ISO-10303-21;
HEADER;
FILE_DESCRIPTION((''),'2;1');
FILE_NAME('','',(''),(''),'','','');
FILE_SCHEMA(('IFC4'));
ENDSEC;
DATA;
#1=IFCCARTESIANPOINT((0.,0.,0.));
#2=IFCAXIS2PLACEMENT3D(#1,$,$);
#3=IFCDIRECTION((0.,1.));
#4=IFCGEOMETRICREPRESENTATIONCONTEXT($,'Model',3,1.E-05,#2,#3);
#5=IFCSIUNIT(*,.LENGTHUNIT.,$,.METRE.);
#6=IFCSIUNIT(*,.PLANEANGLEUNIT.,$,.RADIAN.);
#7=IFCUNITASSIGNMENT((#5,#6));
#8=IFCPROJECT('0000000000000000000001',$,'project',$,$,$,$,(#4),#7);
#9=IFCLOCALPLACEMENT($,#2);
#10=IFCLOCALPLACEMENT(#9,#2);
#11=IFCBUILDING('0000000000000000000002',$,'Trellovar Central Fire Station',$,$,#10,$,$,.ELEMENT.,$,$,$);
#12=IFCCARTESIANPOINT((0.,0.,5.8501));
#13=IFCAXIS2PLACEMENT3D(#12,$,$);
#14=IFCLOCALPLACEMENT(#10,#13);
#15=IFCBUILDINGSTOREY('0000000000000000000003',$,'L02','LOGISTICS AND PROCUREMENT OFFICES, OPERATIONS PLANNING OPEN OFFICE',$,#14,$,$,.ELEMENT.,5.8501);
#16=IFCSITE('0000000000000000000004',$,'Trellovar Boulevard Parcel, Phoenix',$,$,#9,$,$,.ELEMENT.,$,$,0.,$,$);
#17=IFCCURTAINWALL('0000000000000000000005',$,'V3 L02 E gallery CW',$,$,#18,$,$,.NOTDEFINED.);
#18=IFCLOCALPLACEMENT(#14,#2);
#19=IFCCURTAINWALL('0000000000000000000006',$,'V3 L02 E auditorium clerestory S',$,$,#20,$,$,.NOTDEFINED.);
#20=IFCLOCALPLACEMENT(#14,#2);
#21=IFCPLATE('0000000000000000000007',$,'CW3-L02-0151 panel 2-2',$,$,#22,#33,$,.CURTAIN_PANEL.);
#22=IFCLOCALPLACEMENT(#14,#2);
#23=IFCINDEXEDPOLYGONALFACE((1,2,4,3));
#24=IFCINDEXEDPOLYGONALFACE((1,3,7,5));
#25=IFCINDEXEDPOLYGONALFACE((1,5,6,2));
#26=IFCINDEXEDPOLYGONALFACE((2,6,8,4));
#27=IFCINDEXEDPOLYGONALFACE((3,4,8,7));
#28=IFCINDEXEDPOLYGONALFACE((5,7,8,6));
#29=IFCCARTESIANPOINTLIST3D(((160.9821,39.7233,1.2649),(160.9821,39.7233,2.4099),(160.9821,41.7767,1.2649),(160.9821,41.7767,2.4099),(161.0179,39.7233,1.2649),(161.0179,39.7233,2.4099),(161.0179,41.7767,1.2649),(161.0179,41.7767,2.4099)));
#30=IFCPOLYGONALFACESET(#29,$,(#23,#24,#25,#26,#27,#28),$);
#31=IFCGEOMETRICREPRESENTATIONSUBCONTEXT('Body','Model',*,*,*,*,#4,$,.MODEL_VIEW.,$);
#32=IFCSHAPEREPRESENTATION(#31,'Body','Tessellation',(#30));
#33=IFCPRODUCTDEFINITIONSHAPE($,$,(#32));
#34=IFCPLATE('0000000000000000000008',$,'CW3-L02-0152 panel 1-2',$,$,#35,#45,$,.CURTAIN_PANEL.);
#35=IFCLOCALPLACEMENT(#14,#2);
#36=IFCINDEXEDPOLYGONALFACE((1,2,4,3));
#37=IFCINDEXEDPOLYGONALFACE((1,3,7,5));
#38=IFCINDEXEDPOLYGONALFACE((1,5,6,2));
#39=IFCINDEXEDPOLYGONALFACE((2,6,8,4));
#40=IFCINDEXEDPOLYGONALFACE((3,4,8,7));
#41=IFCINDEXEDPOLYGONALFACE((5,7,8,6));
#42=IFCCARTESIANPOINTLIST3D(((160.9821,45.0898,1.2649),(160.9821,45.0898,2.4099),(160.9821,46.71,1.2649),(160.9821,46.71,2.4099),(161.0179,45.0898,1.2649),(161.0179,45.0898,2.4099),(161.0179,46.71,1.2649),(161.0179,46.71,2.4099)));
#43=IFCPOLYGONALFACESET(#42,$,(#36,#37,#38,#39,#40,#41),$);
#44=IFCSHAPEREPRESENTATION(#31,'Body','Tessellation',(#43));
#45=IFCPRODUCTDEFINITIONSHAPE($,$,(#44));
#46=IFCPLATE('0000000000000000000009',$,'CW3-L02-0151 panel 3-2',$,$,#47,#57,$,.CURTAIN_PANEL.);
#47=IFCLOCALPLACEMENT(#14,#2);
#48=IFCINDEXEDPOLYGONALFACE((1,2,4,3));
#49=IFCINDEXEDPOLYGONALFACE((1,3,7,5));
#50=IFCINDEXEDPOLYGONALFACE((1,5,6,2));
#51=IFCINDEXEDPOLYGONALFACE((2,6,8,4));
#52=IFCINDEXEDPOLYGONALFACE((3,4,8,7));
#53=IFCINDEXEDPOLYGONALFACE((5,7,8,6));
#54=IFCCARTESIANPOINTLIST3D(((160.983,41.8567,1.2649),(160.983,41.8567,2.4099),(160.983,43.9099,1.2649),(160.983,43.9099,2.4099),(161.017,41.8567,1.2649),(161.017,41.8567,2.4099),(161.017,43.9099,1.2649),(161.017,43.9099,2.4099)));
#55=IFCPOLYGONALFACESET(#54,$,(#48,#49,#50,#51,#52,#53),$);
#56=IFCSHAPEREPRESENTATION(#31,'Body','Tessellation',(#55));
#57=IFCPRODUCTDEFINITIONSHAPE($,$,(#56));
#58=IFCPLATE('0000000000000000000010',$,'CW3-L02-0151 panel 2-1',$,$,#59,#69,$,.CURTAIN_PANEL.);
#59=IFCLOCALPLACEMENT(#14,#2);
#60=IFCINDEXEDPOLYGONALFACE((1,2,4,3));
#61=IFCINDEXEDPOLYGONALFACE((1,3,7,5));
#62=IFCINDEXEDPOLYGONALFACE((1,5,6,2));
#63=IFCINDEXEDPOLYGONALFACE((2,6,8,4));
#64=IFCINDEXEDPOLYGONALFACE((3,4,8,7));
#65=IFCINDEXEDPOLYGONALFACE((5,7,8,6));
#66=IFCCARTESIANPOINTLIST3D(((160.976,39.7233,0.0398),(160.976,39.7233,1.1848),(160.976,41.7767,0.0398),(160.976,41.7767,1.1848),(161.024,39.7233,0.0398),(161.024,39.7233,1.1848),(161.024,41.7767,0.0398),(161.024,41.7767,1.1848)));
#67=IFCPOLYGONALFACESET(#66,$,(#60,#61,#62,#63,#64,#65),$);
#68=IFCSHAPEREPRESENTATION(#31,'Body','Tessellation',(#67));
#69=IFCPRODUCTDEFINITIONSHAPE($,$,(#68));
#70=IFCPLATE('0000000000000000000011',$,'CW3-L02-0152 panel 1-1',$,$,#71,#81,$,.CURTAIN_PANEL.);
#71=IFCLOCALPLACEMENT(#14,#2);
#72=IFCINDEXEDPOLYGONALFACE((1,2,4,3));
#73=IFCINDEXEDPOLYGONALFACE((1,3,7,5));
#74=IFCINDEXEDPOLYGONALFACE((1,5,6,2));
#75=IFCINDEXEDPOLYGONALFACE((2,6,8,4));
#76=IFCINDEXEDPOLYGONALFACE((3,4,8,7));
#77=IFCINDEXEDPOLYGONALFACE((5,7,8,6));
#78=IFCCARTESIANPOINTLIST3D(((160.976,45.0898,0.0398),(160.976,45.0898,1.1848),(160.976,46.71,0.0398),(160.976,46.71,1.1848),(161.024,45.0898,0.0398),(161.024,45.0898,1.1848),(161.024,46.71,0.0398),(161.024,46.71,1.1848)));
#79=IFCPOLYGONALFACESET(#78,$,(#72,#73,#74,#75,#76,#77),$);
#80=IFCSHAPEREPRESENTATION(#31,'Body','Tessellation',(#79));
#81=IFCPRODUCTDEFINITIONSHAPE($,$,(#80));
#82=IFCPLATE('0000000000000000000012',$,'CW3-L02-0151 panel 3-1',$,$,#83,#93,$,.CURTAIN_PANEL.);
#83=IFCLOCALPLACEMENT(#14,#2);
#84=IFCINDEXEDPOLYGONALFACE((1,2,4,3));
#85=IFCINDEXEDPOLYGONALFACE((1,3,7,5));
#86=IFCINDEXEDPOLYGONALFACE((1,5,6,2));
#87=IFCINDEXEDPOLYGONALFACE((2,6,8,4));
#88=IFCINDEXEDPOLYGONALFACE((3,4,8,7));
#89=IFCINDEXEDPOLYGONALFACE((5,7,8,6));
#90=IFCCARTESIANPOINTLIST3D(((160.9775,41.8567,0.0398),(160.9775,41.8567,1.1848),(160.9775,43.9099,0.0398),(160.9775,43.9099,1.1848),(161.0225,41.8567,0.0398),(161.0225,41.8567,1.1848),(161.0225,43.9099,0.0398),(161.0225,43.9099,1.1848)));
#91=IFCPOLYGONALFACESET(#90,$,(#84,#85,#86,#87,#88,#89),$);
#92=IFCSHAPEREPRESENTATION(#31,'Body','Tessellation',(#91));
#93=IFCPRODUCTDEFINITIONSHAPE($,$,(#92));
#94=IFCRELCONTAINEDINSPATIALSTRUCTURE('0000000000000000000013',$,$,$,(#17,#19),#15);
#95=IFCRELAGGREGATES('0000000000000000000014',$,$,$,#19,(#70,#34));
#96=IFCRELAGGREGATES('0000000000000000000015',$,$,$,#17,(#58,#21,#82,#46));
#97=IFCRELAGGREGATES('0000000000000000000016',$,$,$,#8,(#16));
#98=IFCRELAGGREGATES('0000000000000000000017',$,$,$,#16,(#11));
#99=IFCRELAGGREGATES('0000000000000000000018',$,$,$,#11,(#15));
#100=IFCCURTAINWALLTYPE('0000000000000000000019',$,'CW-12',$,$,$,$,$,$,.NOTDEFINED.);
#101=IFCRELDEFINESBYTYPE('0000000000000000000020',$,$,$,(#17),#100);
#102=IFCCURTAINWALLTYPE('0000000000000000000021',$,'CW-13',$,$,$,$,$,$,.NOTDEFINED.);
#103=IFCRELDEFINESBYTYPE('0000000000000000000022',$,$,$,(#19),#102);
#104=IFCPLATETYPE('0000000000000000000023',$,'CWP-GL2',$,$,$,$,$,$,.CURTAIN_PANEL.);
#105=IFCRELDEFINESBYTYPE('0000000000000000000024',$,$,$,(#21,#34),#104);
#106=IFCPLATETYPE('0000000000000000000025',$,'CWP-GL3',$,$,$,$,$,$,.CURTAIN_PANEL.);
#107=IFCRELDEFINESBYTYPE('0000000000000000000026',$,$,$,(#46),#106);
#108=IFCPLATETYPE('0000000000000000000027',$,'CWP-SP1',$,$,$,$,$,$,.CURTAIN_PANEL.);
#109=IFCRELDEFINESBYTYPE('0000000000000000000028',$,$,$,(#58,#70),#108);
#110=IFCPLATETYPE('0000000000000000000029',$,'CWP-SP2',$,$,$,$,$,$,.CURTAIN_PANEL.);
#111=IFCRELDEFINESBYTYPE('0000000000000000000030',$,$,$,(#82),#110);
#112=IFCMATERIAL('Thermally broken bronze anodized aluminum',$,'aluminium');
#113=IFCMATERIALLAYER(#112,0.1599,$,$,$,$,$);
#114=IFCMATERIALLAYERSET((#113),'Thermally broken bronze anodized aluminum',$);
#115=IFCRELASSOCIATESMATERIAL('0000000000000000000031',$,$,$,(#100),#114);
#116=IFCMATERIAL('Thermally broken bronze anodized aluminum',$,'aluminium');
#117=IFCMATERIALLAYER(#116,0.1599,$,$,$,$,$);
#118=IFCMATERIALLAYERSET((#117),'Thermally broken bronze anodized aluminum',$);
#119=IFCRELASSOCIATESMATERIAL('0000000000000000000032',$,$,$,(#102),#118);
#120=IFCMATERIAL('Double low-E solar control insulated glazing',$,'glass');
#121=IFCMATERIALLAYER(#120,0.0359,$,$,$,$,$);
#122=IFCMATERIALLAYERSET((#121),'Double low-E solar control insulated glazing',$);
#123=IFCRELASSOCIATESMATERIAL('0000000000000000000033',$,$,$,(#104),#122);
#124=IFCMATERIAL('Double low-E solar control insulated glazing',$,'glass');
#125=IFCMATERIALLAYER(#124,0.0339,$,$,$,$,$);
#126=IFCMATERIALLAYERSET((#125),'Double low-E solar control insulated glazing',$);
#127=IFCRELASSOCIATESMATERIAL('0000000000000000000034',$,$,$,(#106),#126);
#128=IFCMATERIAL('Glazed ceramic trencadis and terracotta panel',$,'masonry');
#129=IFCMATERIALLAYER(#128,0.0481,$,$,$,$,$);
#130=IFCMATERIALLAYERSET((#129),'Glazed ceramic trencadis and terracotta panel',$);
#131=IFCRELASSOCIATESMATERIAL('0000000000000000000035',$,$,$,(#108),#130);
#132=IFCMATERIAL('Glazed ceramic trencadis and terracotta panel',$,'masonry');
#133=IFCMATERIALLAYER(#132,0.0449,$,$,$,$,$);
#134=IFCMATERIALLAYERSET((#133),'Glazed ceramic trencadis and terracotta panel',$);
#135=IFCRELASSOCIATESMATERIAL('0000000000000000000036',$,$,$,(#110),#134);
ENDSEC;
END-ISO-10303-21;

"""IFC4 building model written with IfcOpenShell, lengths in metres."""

from ifc_helpers import new_model, si_unit, direction, frame, origin, origin_2d, place, context, subcontext, project, spatial, rectangle, extrude, material, layer, layer_set, type_object, element, aggregate, save


model = new_model("IFC4")

# Units and contexts
model_context = context("Model", 3, precision=1e-05, world=origin(), true_north=direction((0.0, 1.0)))
body_context = subcontext(model_context, "Body", "Model", "MODEL_VIEW")
ifc_project = project(units=[si_unit("LENGTHUNIT", "METRE"), si_unit("PLANEANGLEUNIT", "RADIAN")], contexts=[model_context])

# Site, building, storey
site_placement = place(None, origin())
site = spatial("IfcSite", under=ifc_project, at=site_placement, Name="Trellovar Boulevard Parcel, Phoenix", CompositionType="ELEMENT", RefElevation=0.0)
building_placement = place(site_placement, origin())
building = spatial("IfcBuilding", under=site, at=building_placement, Name="Trellovar Central Fire Station", CompositionType="ELEMENT")
storey_placement = place(building_placement, frame((0.0, 0.0, 5.8501)))
storey = spatial("IfcBuildingStorey", under=building, at=storey_placement, Name="L02", Description="LOGISTICS AND PROCUREMENT OFFICES, OPERATIONS PLANNING OPEN OFFICE", CompositionType="ELEMENT", Elevation=5.8501)

# Curtain walls
ifc_material_1 = material(Name="Thermally broken bronze anodized aluminum", Category="aluminium")
ifc_layer_1 = layer(ifc_material_1, 0.1599)
ifc_layer_set_1 = layer_set([ifc_layer_1], Name="Thermally broken bronze anodized aluminum")
curtain_wall_type_1 = type_object("IfcCurtainWallType", Name="CW-12", PredefinedType="NOTDEFINED", material=ifc_layer_set_1)
curtain_wall_1_placement = place(storey_placement, origin())
curtain_wall_1 = element("IfcCurtainWall", 1, at=curtain_wall_1_placement, inside=storey, type_object=curtain_wall_type_1, Name="V3 L02 E gallery CW", PredefinedType="NOTDEFINED")
ifc_material_2 = material(Name="Thermally broken bronze anodized aluminum", Category="aluminium")
ifc_layer_2 = layer(ifc_material_2, 0.1599)
ifc_layer_set_2 = layer_set([ifc_layer_2], Name="Thermally broken bronze anodized aluminum")
curtain_wall_type_2 = type_object("IfcCurtainWallType", Name="CW-13", PredefinedType="NOTDEFINED", material=ifc_layer_set_2)
curtain_wall_2_placement = place(storey_placement, origin())
curtain_wall_2 = element("IfcCurtainWall", 2, at=curtain_wall_2_placement, inside=storey, type_object=curtain_wall_type_2, Name="V3 L02 E auditorium clerestory S", PredefinedType="NOTDEFINED")

# Plates
ifc_material_3 = material(Name="Double low-E solar control insulated glazing", Category="glass")
ifc_layer_3 = layer(ifc_material_3, 0.0359)
ifc_layer_set_3 = layer_set([ifc_layer_3], Name="Double low-E solar control insulated glazing")
plate_type_1 = type_object("IfcPlateType", Name="CWP-GL2", PredefinedType="CURTAIN_PANEL", material=ifc_layer_set_3)
plate_1_placement = place(storey_placement, frame((161.0, 40.75, 1.2649), z_axis=(0.0, 0.0, 1.0), x_axis=(0.0, 1.0, 0.0)))
plate_1 = element("IfcPlate", 3, at=plate_1_placement, type_object=plate_type_1, Name="CW3-L02-0151 panel 2-2", PredefinedType="CURTAIN_PANEL", context=body_context, shape_type="SweptSolid", body=[
    extrude(rectangle(XDim=2.0535, YDim=0.0359, at=origin_2d()), origin(), (0.0, 0.0, 1.0), 1.145),
])
plate_2_placement = place(storey_placement, frame((161.0, 45.8999, 1.2649), z_axis=(0.0, 0.0, 1.0), x_axis=(0.0, 1.0, 0.0)))
plate_2 = element("IfcPlate", 4, at=plate_2_placement, type_object=plate_type_1, Name="CW3-L02-0152 panel 1-2", PredefinedType="CURTAIN_PANEL", context=body_context, shape_type="SweptSolid", body=[
    extrude(rectangle(XDim=1.6201, YDim=0.0359, at=origin_2d()), origin(), (0.0, 0.0, 1.0), 1.145),
])
ifc_material_4 = material(Name="Double low-E solar control insulated glazing", Category="glass")
ifc_layer_4 = layer(ifc_material_4, 0.0339)
ifc_layer_set_4 = layer_set([ifc_layer_4], Name="Double low-E solar control insulated glazing")
plate_type_2 = type_object("IfcPlateType", Name="CWP-GL3", PredefinedType="CURTAIN_PANEL", material=ifc_layer_set_4)
plate_3_placement = place(storey_placement, frame((161.0, 42.8833, 1.2649), z_axis=(0.0, 0.0, 1.0), x_axis=(0.0, 1.0, 0.0)))
plate_3 = element("IfcPlate", 5, at=plate_3_placement, type_object=plate_type_2, Name="CW3-L02-0151 panel 3-2", PredefinedType="CURTAIN_PANEL", context=body_context, shape_type="SweptSolid", body=[
    extrude(rectangle(XDim=2.0532, YDim=0.0339, at=origin_2d()), origin(), (0.0, 0.0, 1.0), 1.145),
])
ifc_material_5 = material(Name="Glazed ceramic trencadis and terracotta panel", Category="masonry")
ifc_layer_5 = layer(ifc_material_5, 0.0481)
ifc_layer_set_5 = layer_set([ifc_layer_5], Name="Glazed ceramic trencadis and terracotta panel")
plate_type_3 = type_object("IfcPlateType", Name="CWP-SP1", PredefinedType="CURTAIN_PANEL", material=ifc_layer_set_5)
plate_4_placement = place(storey_placement, frame((161.0, 40.75, 0.0398), z_axis=(0.0, 0.0, 1.0), x_axis=(0.0, 1.0, 0.0)))
plate_4 = element("IfcPlate", 6, at=plate_4_placement, type_object=plate_type_3, Name="CW3-L02-0151 panel 2-1", PredefinedType="CURTAIN_PANEL", context=body_context, shape_type="SweptSolid", body=[
    extrude(rectangle(XDim=2.0535, YDim=0.0481, at=origin_2d()), origin(), (0.0, 0.0, 1.0), 1.145),
])
plate_5_placement = place(storey_placement, frame((161.0, 45.8999, 0.0398), z_axis=(0.0, 0.0, 1.0), x_axis=(0.0, 1.0, 0.0)))
plate_5 = element("IfcPlate", 7, at=plate_5_placement, type_object=plate_type_3, Name="CW3-L02-0152 panel 1-1", PredefinedType="CURTAIN_PANEL", context=body_context, shape_type="SweptSolid", body=[
    extrude(rectangle(XDim=1.6201, YDim=0.0481, at=origin_2d()), origin(), (0.0, 0.0, 1.0), 1.145),
])
aggregate(curtain_wall_2, [plate_5, plate_2])
ifc_material_6 = material(Name="Glazed ceramic trencadis and terracotta panel", Category="masonry")
ifc_layer_6 = layer(ifc_material_6, 0.0449)
ifc_layer_set_6 = layer_set([ifc_layer_6], Name="Glazed ceramic trencadis and terracotta panel")
plate_type_4 = type_object("IfcPlateType", Name="CWP-SP2", PredefinedType="CURTAIN_PANEL", material=ifc_layer_set_6)
plate_6_placement = place(storey_placement, frame((161.0, 42.8833, 0.0398), z_axis=(0.0, 0.0, 1.0), x_axis=(0.0, 1.0, 0.0)))
plate_6 = element("IfcPlate", 8, at=plate_6_placement, type_object=plate_type_4, Name="CW3-L02-0151 panel 3-1", PredefinedType="CURTAIN_PANEL", context=body_context, shape_type="SweptSolid", body=[
    extrude(rectangle(XDim=2.0532, YDim=0.0449, at=origin_2d()), origin(), (0.0, 0.0, 1.0), 1.145),
])
aggregate(curtain_wall_1, [plate_4, plate_1, plate_6, plate_3])

save(model, "model.ifc")
